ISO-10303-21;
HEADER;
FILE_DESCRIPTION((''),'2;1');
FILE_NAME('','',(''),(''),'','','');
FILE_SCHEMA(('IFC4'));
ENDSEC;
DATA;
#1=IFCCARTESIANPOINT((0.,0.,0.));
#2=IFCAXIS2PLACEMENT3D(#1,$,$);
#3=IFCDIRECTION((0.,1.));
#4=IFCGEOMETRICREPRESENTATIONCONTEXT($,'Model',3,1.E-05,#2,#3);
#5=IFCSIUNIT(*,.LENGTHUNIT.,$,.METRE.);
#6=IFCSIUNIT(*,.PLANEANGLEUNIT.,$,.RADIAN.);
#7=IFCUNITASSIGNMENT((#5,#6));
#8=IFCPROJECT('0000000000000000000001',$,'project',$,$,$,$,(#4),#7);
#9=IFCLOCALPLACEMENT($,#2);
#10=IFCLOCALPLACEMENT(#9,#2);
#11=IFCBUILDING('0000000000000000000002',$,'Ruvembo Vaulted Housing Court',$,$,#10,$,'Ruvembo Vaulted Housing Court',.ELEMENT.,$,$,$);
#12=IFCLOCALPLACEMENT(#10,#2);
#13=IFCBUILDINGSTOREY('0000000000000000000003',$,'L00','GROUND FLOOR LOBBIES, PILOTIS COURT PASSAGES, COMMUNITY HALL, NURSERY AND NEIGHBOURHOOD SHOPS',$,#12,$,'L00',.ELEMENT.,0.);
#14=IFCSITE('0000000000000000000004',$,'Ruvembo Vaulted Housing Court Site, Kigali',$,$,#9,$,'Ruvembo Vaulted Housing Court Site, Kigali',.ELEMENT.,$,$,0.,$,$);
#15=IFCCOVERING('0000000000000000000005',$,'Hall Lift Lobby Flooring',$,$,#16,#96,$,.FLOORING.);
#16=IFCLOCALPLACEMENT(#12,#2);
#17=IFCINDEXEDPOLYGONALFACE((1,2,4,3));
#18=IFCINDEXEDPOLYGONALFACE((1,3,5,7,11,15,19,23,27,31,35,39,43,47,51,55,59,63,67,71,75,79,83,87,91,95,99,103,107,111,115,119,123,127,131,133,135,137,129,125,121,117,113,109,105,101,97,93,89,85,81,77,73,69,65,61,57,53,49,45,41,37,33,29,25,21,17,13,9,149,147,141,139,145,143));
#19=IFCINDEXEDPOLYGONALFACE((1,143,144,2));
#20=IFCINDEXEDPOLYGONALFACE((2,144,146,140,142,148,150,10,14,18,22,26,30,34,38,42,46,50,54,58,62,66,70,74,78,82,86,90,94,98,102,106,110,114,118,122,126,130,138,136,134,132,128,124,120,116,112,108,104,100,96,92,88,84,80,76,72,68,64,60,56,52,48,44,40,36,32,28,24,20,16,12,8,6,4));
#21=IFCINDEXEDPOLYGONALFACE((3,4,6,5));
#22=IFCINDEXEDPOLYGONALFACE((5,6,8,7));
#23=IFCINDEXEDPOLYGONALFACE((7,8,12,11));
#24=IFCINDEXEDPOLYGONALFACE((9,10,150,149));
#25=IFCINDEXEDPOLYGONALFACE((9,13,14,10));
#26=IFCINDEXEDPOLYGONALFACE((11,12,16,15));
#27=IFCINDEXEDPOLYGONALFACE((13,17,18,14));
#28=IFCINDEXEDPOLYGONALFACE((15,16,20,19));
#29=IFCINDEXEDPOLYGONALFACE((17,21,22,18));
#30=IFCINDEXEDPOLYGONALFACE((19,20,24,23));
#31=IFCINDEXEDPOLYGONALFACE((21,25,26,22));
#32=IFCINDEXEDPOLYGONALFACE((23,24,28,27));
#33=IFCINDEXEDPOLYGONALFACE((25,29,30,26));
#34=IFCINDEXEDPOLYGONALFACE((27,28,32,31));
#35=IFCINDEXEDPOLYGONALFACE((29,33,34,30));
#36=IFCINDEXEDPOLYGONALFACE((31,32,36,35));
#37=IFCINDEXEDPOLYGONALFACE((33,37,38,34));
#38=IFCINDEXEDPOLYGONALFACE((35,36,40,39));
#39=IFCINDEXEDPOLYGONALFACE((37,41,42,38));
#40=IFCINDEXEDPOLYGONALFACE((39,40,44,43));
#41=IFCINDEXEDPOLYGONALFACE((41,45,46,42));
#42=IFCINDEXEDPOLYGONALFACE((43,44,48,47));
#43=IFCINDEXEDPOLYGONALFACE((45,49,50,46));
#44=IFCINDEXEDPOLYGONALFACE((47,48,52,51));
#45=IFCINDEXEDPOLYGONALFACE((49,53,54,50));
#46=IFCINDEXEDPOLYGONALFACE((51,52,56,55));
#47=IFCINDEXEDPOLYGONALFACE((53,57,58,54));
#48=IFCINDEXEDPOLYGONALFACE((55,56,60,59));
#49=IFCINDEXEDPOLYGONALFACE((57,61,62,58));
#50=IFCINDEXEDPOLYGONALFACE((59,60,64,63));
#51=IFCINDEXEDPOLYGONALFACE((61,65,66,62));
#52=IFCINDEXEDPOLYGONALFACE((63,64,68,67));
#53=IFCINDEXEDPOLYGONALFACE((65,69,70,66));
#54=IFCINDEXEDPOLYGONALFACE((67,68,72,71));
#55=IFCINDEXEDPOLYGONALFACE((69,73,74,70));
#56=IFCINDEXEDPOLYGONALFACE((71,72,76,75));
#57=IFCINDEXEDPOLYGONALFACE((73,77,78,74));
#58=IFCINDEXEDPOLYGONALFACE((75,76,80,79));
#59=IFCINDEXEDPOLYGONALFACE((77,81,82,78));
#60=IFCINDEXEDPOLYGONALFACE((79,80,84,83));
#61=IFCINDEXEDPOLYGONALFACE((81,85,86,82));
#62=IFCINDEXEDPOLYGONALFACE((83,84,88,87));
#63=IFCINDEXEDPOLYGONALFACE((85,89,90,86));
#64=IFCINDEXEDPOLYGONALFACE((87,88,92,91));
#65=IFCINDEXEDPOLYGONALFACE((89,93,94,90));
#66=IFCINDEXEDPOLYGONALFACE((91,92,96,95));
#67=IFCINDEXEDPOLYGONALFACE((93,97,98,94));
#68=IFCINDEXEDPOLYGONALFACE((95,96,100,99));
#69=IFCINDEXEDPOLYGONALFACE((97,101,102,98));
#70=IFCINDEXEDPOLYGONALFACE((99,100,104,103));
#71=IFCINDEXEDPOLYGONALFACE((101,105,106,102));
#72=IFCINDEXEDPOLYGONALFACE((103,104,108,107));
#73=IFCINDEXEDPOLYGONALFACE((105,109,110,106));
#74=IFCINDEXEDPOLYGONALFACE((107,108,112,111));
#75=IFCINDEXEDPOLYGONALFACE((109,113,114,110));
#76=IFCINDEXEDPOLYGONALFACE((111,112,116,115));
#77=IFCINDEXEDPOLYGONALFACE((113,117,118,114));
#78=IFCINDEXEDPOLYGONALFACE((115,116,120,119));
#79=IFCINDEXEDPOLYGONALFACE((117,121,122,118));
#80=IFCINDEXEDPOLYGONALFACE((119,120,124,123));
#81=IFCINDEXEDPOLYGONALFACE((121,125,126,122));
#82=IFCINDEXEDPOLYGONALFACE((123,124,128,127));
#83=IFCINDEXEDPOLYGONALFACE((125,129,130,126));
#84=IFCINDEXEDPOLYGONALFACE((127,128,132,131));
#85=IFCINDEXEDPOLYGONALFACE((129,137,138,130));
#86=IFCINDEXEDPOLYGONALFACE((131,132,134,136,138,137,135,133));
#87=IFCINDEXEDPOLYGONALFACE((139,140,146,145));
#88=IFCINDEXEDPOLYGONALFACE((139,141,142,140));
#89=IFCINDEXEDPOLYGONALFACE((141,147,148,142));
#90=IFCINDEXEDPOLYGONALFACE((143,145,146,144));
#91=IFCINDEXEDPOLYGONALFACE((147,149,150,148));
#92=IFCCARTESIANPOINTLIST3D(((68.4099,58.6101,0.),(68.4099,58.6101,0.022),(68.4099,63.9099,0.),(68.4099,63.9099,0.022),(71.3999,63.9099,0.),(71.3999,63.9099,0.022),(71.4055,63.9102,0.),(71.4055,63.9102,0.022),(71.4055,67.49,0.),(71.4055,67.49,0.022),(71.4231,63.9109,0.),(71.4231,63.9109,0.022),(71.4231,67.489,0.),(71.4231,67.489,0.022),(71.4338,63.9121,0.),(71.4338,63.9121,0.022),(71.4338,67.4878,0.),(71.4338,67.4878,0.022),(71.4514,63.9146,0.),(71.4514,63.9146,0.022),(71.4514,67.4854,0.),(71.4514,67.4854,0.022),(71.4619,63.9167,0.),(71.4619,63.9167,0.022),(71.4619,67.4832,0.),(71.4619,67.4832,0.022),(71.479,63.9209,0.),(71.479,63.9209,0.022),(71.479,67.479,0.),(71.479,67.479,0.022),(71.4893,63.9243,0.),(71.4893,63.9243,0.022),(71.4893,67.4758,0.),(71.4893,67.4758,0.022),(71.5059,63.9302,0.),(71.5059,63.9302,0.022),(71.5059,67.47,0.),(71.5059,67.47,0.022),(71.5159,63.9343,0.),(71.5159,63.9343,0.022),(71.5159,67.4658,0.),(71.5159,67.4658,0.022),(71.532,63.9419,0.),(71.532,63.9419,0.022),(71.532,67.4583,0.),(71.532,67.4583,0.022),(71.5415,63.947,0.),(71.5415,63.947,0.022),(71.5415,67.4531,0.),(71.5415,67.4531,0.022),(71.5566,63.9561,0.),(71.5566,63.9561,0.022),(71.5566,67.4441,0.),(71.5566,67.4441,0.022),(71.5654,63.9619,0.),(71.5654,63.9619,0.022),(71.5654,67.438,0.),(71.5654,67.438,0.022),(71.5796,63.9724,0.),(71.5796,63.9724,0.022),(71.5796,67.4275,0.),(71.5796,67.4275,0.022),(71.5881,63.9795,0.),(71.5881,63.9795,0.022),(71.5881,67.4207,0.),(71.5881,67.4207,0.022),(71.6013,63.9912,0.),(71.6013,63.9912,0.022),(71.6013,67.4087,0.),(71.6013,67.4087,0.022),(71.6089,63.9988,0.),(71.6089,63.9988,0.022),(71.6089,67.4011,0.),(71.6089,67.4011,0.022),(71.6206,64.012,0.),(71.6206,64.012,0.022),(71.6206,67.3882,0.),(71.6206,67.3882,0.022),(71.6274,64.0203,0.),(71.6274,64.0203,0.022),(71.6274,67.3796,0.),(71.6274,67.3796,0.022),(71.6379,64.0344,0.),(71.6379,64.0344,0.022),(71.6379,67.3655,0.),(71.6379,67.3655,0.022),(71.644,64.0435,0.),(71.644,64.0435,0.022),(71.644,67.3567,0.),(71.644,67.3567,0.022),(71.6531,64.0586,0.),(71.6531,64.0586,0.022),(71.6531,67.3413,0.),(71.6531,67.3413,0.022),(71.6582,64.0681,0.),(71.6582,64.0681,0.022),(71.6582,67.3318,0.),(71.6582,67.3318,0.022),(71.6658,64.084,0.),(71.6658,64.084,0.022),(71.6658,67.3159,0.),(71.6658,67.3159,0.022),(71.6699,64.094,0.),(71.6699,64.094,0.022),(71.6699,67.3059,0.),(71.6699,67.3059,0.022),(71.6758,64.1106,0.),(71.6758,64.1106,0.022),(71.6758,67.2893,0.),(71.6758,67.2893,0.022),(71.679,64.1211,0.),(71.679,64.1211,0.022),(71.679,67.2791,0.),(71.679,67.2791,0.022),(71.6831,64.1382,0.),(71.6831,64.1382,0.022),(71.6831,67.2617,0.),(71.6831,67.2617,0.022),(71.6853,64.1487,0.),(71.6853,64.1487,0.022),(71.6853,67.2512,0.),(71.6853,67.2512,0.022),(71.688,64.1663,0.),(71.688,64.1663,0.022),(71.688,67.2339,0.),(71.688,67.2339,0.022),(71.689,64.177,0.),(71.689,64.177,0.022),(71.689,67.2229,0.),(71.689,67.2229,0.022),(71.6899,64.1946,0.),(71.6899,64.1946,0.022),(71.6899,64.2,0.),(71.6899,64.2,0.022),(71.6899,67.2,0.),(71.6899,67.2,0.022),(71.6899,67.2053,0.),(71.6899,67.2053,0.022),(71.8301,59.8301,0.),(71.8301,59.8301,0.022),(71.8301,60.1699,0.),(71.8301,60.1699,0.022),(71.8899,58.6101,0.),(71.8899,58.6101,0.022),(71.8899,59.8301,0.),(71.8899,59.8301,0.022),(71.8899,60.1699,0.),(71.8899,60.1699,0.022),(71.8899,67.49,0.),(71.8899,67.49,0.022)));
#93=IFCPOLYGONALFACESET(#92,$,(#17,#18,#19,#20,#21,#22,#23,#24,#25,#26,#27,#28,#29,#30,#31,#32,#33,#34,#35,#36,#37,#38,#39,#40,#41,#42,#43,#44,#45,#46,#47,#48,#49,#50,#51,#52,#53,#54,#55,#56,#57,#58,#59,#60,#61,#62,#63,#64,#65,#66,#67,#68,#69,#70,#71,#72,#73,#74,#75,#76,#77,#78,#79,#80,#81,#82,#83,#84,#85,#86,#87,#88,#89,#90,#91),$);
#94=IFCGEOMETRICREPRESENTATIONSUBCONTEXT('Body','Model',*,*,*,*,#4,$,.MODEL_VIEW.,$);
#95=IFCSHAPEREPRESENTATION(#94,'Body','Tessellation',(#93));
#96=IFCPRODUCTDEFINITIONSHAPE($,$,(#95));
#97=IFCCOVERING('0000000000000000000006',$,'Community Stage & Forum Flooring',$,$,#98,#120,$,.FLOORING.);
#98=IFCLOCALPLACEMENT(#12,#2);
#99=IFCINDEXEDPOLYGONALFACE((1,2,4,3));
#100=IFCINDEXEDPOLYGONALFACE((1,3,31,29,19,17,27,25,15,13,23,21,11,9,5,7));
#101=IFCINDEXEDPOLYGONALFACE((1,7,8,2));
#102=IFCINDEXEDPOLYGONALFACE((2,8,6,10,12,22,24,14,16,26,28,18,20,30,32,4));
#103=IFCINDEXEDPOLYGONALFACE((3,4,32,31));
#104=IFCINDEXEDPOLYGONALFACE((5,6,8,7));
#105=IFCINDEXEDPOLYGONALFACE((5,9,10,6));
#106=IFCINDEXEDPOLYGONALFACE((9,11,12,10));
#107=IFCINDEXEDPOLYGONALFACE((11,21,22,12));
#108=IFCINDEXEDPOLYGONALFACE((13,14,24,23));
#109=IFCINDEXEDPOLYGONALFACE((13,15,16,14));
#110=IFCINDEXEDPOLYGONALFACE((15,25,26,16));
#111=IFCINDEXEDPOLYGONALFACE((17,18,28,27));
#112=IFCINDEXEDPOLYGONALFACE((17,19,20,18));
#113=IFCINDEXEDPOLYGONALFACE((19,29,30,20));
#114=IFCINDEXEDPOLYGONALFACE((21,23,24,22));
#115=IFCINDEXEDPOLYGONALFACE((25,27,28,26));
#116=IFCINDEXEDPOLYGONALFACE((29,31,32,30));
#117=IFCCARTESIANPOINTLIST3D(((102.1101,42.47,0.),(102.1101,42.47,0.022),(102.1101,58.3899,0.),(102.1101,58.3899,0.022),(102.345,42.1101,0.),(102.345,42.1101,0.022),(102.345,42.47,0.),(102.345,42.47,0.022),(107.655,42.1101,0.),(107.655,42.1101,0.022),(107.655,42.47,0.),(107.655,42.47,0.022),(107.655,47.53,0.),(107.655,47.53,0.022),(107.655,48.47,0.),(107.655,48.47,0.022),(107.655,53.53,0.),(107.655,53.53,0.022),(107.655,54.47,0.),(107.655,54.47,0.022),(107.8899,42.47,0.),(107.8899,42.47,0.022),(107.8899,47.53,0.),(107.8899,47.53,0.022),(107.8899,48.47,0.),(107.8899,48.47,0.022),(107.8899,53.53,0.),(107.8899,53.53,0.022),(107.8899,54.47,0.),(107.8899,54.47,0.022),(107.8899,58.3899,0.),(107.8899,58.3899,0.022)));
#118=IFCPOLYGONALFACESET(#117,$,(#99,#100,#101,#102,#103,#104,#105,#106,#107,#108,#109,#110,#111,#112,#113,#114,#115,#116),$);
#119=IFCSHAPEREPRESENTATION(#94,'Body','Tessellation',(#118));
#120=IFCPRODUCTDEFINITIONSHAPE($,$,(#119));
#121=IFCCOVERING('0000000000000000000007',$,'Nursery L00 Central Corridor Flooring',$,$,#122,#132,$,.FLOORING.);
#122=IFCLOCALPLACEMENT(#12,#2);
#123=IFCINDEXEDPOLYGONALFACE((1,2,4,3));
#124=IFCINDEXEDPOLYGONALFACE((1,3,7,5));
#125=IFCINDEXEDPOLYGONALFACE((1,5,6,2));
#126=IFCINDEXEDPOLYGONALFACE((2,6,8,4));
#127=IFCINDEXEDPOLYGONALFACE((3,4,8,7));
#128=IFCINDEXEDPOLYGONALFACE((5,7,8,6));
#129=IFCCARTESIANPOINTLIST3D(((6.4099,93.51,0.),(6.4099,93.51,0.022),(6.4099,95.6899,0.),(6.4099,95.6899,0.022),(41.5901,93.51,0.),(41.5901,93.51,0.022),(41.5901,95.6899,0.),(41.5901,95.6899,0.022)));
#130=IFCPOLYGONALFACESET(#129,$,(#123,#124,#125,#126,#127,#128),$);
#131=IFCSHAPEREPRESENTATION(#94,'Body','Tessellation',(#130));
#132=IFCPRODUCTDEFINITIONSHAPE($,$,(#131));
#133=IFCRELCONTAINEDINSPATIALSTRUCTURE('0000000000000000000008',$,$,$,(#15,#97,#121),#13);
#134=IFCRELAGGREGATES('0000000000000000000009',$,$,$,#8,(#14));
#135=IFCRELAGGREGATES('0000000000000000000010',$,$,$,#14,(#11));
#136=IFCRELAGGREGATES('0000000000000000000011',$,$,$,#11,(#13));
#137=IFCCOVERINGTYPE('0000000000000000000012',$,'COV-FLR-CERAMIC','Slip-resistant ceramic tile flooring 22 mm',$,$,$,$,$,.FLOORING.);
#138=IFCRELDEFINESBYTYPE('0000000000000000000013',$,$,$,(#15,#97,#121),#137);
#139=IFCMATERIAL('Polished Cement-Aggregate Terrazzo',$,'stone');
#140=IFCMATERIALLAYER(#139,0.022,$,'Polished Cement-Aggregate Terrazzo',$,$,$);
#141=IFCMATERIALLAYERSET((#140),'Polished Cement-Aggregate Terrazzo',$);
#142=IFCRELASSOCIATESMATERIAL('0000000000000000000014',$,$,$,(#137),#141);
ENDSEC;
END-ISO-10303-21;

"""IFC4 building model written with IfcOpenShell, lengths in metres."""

from ifc_helpers import new_model, si_unit, direction, origin, place, context, subcontext, project, spatial, polyline, outline, extrude, material, layer, layer_set, type_object, element, save


model = new_model("IFC4")

# Units and contexts
model_context = context("Model", 3, precision=1e-05, world=origin(), true_north=direction((0.0, 1.0)))
body_context = subcontext(model_context, "Body", "Model", "MODEL_VIEW")
ifc_project = project(units=[si_unit("LENGTHUNIT", "METRE"), si_unit("PLANEANGLEUNIT", "RADIAN")], contexts=[model_context])

# Site, building, storey
site_placement = place(None, origin())
site = spatial("IfcSite", under=ifc_project, at=site_placement, Name="Ruvembo Vaulted Housing Court Site, Kigali", LongName="Ruvembo Vaulted Housing Court Site, Kigali", CompositionType="ELEMENT", RefElevation=0.0)
building_placement = place(site_placement, origin())
building = spatial("IfcBuilding", under=site, at=building_placement, Name="Ruvembo Vaulted Housing Court", LongName="Ruvembo Vaulted Housing Court", CompositionType="ELEMENT")
storey_placement = place(building_placement, origin())
storey = spatial("IfcBuildingStorey", under=building, at=storey_placement, Name="L00", Description="GROUND FLOOR LOBBIES, PILOTIS COURT PASSAGES, COMMUNITY HALL, NURSERY AND NEIGHBOURHOOD SHOPS", LongName="L00", CompositionType="ELEMENT", Elevation=0.0)

# Coverings
ifc_material_1 = material(Name="Polished Cement-Aggregate Terrazzo", Category="stone")
ifc_layer_1 = layer(ifc_material_1, 0.022, Name="Polished Cement-Aggregate Terrazzo")
ifc_layer_set_1 = layer_set([ifc_layer_1], Name="Polished Cement-Aggregate Terrazzo")
covering_type = type_object("IfcCoveringType", Name="COV-FLR-CERAMIC", Description="Slip-resistant ceramic tile flooring 22 mm", PredefinedType="FLOORING", material=ifc_layer_set_1)
covering_1_placement = place(storey_placement, origin())
element("IfcCovering", 1, at=covering_1_placement, inside=storey, type_object=covering_type, Name="Hall Lift Lobby Flooring", PredefinedType="FLOORING", context=body_context, shape_type="SweptSolid", body=[
    extrude(outline(polyline([(71.4231, 63.9109), (71.4055, 63.9102), (71.3999, 63.9099), (68.4099, 63.9099), (68.4099, 58.6101), (71.8899, 58.6101), (71.8899, 59.8301), (71.8301, 59.8301), (71.8301, 60.1699), (71.8899, 60.1699), (71.8899, 67.49), (71.3999, 67.49), (71.4055, 67.49), (71.4231, 67.489), (71.4338, 67.4878), (71.4514, 67.4854), (71.4619, 67.4832), (71.479, 67.479), (71.4893, 67.4758), (71.5059, 67.47), (71.5159, 67.4658), (71.532, 67.4583), (71.5415, 67.4531), (71.5566, 67.4441), (71.5654, 67.438), (71.5796, 67.4275), (71.5881, 67.4207), (71.6013, 67.4087), (71.6089, 67.4011), (71.6206, 67.3882), (71.6274, 67.3796), (71.6379, 67.3655), (71.644, 67.3567), (71.6531, 67.3413), (71.6582, 67.3318), (71.6658, 67.3159), (71.6699, 67.3059), (71.6758, 67.2893), (71.679, 67.2791), (71.6831, 67.2617), (71.6853, 67.2512), (71.688, 67.2339), (71.689, 67.2229), (71.6899, 67.2053), (71.6899, 67.2), (71.6899, 64.2), (71.6899, 64.1946), (71.689, 64.177), (71.688, 64.1663), (71.6853, 64.1487), (71.6831, 64.1382), (71.679, 64.1211), (71.6758, 64.1106), (71.6699, 64.094), (71.6658, 64.084), (71.6582, 64.0681), (71.6531, 64.0586), (71.644, 64.0435), (71.6379, 64.0344), (71.6274, 64.0203), (71.6206, 64.012), (71.6089, 63.9988), (71.6013, 63.9912), (71.5881, 63.9795), (71.5796, 63.9724), (71.5654, 63.9619), (71.5566, 63.9561), (71.5415, 63.947), (71.532, 63.9419), (71.5159, 63.9343), (71.5059, 63.9302), (71.4893, 63.9243), (71.479, 63.9209), (71.4619, 63.9167), (71.4514, 63.9146), (71.4338, 63.9121), (71.4231, 63.9109)])), origin(), (0.0, 0.0, 1.0), 0.022),
])
covering_2_placement = place(storey_placement, origin())
element("IfcCovering", 2, at=covering_2_placement, inside=storey, type_object=covering_type, Name="Community Stage & Forum Flooring", PredefinedType="FLOORING", context=body_context, shape_type="SweptSolid", body=[
    extrude(outline(polyline([(102.1101, 42.47), (102.345, 42.47), (102.345, 42.1101), (107.655, 42.1101), (107.655, 42.47), (107.8899, 42.47), (107.8899, 47.53), (107.655, 47.53), (107.655, 48.47), (107.8899, 48.47), (107.8899, 53.53), (107.655, 53.53), (107.655, 54.47), (107.8899, 54.47), (107.8899, 58.3899), (102.1101, 58.3899), (102.1101, 42.47)])), origin(), (0.0, 0.0, 1.0), 0.022),
])
covering_3_placement = place(storey_placement, origin())
element("IfcCovering", 3, at=covering_3_placement, inside=storey, type_object=covering_type, Name="Nursery L00 Central Corridor Flooring", PredefinedType="FLOORING", context=body_context, shape_type="SweptSolid", body=[
    extrude(outline(polyline([(6.4099, 95.6899), (6.4099, 93.51), (41.5901, 93.51), (41.5901, 95.6899), (6.4099, 95.6899)])), origin(), (0.0, 0.0, 1.0), 0.022),
])

save(model, "model.ifc")
